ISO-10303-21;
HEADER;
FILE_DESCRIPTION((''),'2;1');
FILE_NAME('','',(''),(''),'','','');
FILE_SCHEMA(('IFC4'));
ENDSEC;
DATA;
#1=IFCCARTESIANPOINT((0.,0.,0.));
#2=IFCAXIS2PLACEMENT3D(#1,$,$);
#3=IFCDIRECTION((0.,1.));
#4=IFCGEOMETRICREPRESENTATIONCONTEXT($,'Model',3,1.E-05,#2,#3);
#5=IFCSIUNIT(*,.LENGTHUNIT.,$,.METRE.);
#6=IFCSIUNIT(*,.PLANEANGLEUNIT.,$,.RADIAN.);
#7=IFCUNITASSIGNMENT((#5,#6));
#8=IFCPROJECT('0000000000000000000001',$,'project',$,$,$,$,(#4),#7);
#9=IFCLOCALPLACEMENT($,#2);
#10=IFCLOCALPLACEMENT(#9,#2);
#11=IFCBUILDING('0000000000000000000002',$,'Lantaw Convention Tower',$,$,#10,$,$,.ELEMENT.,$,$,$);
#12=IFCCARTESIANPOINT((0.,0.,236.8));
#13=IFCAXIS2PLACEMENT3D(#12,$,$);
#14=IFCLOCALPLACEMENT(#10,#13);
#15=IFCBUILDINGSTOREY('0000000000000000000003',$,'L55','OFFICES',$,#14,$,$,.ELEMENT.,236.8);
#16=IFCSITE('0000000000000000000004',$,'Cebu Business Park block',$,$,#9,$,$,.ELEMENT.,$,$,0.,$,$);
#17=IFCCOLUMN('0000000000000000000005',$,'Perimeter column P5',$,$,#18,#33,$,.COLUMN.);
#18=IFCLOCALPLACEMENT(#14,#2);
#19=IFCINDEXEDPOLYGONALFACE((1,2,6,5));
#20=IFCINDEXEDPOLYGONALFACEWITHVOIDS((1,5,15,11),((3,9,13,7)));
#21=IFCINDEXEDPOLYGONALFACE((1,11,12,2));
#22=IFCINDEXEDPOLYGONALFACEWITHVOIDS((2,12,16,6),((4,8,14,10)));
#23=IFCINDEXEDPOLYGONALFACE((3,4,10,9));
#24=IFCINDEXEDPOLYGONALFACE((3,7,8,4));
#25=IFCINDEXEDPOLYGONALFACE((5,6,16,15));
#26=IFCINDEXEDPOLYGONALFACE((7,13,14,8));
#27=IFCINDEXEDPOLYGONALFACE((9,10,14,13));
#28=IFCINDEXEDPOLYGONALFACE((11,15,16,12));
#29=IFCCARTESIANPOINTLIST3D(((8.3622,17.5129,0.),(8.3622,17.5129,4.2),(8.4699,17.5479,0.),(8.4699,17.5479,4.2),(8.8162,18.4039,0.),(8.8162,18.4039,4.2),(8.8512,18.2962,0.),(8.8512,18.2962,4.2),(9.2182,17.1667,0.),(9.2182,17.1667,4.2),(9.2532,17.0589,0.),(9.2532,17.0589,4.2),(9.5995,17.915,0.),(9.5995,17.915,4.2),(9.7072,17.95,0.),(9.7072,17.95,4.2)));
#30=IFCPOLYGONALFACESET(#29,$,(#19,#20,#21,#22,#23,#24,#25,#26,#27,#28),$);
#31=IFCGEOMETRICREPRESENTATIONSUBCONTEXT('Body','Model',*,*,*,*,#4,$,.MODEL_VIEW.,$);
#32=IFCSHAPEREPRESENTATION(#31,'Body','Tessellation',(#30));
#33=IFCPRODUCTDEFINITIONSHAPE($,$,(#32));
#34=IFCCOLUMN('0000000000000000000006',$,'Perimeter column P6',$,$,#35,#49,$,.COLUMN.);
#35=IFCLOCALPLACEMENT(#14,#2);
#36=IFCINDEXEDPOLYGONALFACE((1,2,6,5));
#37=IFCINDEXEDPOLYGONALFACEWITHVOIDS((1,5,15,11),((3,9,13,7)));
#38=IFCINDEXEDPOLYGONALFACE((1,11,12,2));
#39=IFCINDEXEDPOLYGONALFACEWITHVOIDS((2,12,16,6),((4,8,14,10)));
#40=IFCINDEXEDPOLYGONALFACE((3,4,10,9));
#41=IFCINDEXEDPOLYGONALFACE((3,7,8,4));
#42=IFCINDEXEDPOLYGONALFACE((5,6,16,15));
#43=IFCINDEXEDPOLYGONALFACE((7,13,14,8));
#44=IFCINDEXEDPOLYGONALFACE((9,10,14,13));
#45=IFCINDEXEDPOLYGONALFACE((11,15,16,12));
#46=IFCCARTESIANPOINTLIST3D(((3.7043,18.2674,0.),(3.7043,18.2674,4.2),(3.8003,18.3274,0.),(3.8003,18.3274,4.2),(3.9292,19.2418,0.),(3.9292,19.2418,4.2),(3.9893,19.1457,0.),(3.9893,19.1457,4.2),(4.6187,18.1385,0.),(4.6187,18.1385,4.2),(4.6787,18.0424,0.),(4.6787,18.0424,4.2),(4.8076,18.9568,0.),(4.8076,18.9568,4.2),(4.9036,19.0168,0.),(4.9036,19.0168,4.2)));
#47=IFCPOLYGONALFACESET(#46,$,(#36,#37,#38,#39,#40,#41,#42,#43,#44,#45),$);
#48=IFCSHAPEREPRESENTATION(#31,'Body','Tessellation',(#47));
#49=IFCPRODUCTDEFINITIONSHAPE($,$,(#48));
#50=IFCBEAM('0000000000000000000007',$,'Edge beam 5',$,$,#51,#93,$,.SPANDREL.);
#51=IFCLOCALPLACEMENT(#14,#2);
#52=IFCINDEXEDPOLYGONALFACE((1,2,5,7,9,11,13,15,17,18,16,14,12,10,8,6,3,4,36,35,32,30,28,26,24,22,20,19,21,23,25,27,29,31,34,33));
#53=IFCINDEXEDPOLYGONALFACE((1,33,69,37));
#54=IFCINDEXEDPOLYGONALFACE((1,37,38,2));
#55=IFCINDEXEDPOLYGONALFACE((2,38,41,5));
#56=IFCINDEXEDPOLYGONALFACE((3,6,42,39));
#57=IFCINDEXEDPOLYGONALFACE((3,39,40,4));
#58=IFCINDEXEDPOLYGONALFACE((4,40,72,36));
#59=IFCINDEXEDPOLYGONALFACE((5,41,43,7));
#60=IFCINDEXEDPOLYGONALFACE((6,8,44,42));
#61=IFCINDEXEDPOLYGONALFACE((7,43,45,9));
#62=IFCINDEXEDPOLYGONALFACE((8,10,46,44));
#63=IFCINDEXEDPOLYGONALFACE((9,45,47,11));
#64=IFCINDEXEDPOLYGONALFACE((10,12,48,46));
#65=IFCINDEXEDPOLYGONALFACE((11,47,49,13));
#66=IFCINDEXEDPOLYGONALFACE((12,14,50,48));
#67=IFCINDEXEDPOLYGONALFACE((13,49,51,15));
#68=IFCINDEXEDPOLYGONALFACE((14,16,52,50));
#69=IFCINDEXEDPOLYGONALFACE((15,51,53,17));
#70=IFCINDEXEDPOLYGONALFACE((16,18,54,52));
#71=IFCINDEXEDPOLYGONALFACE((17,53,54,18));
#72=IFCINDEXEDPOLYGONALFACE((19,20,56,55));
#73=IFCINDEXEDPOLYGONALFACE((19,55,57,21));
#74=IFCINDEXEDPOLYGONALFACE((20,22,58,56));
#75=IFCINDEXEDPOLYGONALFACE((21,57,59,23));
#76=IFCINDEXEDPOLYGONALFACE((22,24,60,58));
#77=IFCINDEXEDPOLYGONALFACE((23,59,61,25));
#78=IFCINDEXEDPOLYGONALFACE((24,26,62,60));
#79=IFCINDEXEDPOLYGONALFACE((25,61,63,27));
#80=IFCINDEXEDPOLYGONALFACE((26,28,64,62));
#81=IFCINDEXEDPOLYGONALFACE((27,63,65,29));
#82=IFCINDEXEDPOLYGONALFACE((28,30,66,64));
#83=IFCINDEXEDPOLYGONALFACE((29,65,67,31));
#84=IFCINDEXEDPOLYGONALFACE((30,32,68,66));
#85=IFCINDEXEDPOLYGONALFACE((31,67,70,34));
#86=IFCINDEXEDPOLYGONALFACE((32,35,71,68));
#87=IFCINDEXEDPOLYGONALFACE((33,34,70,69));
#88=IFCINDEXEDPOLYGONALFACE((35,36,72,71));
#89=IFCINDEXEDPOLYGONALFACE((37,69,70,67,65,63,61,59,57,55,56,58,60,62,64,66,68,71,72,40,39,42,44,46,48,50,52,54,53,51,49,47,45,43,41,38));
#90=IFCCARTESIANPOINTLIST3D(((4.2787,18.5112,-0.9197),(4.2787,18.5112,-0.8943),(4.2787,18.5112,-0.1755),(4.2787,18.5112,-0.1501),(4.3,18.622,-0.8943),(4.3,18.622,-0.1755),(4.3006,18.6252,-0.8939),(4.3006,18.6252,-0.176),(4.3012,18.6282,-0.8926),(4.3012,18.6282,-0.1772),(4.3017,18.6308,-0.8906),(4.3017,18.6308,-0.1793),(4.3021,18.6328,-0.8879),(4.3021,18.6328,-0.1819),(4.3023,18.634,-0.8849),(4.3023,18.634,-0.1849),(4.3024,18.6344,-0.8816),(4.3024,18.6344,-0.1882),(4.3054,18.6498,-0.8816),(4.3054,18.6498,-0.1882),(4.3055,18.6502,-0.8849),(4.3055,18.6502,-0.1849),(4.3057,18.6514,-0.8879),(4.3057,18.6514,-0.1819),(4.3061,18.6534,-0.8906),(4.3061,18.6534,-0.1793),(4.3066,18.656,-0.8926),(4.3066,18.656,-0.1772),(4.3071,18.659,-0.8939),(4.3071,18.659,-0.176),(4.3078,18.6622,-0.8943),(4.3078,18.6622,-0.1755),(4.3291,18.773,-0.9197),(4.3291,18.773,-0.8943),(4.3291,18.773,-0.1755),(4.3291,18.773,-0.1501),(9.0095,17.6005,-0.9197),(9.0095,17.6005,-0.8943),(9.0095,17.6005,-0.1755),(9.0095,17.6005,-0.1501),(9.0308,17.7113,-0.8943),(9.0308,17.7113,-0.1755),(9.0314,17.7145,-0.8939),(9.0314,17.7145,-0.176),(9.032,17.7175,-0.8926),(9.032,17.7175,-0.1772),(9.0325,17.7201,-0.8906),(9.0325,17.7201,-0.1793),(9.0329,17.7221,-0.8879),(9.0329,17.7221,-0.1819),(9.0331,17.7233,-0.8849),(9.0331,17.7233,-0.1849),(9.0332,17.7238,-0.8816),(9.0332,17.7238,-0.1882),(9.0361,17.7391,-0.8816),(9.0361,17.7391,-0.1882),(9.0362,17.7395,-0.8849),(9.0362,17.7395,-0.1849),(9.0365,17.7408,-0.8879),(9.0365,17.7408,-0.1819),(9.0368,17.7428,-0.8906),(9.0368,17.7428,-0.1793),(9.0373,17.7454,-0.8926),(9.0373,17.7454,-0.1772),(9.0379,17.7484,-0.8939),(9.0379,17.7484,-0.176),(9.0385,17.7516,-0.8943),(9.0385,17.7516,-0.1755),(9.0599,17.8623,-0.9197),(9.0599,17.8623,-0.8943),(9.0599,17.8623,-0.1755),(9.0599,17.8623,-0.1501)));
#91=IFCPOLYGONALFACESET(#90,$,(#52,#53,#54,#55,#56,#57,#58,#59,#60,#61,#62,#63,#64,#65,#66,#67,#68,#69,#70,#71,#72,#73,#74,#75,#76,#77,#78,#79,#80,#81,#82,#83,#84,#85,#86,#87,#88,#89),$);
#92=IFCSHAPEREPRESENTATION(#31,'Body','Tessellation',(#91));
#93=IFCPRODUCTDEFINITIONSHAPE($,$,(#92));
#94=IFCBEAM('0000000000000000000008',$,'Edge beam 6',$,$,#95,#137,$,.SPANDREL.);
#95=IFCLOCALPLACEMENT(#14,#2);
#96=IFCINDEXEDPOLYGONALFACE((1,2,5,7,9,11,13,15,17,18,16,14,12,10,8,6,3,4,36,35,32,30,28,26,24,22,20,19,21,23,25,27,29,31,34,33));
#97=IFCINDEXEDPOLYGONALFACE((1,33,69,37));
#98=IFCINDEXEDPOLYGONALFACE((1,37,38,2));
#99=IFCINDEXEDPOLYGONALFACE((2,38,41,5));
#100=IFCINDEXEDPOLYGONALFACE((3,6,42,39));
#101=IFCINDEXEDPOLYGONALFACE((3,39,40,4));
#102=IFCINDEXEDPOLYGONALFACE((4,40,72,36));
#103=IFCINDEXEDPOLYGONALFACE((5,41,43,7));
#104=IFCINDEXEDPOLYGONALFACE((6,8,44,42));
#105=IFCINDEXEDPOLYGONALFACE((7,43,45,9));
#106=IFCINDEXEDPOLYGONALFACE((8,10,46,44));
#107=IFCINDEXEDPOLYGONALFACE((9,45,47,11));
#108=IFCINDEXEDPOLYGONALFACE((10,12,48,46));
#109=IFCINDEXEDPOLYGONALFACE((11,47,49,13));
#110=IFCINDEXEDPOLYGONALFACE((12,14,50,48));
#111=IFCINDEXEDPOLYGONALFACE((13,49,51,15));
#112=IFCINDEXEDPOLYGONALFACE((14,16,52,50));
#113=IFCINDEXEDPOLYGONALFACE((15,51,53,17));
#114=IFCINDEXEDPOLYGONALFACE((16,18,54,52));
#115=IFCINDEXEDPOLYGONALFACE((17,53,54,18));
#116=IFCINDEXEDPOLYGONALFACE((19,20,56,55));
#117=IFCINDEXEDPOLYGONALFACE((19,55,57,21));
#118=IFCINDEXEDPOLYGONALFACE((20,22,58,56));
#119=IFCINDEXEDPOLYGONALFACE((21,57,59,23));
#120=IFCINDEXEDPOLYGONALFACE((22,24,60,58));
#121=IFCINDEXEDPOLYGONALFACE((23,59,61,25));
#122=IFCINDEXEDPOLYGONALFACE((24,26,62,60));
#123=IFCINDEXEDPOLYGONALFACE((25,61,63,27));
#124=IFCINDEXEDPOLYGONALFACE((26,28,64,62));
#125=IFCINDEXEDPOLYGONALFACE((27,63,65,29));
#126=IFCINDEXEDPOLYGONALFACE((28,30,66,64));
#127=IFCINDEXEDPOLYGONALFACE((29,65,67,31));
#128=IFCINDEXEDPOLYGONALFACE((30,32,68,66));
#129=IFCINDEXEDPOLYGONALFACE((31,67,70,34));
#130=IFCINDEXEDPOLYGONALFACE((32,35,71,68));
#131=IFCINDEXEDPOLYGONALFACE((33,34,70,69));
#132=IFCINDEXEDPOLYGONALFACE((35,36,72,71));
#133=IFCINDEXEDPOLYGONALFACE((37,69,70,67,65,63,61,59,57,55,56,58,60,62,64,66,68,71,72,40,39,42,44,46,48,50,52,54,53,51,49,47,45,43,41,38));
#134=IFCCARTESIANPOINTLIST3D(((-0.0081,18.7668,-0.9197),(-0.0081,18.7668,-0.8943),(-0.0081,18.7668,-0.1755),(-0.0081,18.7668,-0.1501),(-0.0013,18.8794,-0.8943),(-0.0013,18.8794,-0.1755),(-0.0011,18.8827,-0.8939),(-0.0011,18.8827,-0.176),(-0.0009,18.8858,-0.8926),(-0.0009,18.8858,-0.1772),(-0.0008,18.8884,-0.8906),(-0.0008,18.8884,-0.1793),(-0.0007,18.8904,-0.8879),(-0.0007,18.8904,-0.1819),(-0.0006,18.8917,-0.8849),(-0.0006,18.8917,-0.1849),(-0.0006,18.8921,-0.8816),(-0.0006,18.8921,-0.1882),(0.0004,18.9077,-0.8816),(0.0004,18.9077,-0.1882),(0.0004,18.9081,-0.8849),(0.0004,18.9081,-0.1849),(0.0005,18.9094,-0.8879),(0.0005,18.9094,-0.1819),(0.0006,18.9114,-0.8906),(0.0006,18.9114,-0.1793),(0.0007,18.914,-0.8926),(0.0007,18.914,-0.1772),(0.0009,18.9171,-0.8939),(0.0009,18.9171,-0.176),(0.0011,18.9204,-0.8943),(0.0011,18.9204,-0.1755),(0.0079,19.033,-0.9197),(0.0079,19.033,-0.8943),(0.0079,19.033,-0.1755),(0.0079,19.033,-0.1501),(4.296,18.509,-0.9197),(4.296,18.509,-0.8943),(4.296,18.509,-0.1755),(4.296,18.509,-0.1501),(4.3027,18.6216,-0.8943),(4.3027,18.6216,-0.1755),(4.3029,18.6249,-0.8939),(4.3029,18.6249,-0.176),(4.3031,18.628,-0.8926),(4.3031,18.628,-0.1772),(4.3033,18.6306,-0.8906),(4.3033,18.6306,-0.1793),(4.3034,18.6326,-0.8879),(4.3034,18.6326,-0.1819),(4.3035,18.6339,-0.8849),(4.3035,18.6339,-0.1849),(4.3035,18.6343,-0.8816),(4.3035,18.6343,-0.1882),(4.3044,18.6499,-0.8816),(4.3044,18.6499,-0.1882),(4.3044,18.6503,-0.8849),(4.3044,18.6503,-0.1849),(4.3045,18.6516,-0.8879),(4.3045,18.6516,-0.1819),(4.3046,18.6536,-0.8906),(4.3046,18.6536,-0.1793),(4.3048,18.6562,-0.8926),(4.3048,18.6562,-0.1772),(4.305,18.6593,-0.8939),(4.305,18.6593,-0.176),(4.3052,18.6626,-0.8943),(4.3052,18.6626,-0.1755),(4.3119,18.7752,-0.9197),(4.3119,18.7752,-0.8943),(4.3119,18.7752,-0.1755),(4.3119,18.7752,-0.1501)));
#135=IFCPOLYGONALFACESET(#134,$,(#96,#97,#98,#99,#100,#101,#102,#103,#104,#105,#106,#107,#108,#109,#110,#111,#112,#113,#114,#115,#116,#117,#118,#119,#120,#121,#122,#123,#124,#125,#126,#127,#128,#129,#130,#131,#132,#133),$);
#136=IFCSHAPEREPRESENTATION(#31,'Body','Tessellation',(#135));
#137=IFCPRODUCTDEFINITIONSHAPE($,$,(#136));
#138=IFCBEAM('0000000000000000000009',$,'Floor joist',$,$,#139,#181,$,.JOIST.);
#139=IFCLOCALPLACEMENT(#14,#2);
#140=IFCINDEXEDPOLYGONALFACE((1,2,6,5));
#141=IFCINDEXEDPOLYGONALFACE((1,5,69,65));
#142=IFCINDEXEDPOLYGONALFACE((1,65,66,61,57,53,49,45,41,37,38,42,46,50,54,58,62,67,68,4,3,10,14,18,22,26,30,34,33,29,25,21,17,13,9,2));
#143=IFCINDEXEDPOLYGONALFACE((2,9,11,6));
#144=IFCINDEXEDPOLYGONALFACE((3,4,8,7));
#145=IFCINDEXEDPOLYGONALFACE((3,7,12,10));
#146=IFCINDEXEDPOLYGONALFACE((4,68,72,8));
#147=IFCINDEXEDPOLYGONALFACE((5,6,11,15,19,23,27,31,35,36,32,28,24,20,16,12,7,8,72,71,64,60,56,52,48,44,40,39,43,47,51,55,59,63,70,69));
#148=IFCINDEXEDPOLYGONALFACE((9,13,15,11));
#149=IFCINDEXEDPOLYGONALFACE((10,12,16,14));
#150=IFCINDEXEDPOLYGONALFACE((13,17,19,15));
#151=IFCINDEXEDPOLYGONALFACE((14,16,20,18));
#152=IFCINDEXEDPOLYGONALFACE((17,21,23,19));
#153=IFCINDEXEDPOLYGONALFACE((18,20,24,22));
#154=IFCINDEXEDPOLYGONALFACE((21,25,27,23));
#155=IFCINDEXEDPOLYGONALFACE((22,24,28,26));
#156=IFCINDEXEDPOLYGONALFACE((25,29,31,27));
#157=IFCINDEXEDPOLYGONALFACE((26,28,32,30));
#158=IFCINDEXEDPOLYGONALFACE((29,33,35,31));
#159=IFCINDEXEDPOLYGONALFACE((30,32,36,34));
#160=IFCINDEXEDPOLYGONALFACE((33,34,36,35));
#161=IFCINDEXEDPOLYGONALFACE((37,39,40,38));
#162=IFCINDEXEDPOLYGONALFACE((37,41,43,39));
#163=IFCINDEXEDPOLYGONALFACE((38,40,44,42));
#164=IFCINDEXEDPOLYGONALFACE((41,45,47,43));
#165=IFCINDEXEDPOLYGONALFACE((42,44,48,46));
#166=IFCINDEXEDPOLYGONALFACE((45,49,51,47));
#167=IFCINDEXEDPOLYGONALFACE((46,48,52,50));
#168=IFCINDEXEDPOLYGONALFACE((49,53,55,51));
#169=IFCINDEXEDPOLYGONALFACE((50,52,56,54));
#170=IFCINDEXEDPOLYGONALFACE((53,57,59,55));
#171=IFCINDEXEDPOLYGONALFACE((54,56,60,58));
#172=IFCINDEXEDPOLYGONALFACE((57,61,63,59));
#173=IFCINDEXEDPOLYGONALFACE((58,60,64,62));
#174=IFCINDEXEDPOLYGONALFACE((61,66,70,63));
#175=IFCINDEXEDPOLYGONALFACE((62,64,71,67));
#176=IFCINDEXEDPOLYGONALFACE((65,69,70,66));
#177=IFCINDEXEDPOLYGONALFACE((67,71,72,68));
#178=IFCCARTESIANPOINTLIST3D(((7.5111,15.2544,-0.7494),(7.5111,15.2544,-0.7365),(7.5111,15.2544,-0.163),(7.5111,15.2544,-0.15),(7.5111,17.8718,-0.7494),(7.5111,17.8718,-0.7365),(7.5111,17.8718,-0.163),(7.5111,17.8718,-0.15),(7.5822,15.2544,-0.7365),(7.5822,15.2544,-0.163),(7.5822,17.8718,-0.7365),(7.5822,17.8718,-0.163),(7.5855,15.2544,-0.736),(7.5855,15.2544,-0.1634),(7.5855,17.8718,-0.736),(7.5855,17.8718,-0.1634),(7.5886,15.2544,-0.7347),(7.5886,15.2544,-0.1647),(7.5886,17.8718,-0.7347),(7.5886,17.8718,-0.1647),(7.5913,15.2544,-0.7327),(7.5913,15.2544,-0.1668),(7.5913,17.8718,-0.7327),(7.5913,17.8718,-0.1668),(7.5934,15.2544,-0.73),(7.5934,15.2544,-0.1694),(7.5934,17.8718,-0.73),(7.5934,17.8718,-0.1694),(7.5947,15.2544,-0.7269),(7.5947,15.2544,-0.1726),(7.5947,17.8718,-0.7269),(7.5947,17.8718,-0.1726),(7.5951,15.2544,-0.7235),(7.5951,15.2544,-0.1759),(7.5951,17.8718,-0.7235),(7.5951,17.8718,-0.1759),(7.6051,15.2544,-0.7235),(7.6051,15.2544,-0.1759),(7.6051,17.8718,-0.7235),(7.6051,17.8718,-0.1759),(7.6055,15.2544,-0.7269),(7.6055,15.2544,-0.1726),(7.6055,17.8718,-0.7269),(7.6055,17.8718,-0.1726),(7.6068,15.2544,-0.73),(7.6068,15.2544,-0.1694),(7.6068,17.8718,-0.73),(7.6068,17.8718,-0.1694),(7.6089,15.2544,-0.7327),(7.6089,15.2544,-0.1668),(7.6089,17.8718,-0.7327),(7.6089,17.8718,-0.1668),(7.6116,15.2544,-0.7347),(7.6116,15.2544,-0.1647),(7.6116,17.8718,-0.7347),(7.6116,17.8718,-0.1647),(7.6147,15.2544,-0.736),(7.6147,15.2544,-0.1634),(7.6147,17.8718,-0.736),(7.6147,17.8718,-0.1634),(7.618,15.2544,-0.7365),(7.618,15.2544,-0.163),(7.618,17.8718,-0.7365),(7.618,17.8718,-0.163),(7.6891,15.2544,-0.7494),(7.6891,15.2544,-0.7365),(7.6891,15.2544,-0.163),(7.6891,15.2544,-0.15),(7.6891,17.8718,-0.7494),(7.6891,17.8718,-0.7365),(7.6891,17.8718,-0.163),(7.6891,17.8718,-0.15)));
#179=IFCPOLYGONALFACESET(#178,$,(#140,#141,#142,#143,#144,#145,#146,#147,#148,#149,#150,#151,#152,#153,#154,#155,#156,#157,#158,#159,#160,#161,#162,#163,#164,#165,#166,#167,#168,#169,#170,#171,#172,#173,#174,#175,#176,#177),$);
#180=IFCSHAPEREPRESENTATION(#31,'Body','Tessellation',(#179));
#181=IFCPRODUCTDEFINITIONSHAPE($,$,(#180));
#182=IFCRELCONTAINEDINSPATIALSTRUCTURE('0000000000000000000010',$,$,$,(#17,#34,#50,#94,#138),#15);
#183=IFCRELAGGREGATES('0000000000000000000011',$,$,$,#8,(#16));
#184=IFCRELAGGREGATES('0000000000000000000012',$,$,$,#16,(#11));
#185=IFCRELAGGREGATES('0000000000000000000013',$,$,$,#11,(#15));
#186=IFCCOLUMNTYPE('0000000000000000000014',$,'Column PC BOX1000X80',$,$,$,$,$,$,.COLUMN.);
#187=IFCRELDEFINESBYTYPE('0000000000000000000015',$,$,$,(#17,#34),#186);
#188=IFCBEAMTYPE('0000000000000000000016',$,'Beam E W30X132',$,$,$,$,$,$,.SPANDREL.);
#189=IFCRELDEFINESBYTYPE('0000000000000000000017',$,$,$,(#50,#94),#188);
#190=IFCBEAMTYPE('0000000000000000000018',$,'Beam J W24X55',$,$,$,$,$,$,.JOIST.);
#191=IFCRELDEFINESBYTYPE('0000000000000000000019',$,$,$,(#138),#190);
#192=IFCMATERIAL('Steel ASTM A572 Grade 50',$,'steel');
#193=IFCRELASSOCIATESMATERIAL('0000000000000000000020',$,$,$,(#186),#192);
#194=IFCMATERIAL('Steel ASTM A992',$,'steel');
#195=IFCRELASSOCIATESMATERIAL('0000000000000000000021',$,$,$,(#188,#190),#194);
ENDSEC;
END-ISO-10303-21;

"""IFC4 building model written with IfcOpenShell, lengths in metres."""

from ifc_helpers import new_model, si_unit, direction, frame, origin, origin_2d, place, context, subcontext, project, spatial, rectangle, hollow_rectangle, i_section, extrude, material, material_profile, profile_set, type_object, element, save


model = new_model("IFC4")

# Units and contexts
model_context = context("Model", 3, precision=1e-05, world=origin(), true_north=direction((0.0, 1.0)))
body_context = subcontext(model_context, "Body", "Model", "MODEL_VIEW")
ifc_project = project(units=[si_unit("LENGTHUNIT", "METRE"), si_unit("PLANEANGLEUNIT", "RADIAN")], contexts=[model_context])

# Site, building, storey
site_placement = place(None, origin())
site = spatial("IfcSite", under=ifc_project, at=site_placement, Name="Cebu Business Park block", CompositionType="ELEMENT", RefElevation=0.0)
building_placement = place(site_placement, origin())
building = spatial("IfcBuilding", under=site, at=building_placement, Name="Lantaw Convention Tower", CompositionType="ELEMENT")
storey_placement = place(building_placement, frame((0.0, 0.0, 236.8)))
storey = spatial("IfcBuildingStorey", under=building, at=storey_placement, Name="L55", Description="OFFICES", CompositionType="ELEMENT", Elevation=236.8)

# Columns
ifc_material_1 = material(Name="Steel ASTM A572 Grade 50", Category="steel")
ifc_material_profile_1 = material_profile(ifc_material_1, hollow_rectangle(XDim=1.0, YDim=1.0, WallThickness=0.0801, at=origin_2d()), Name="BOX1000X80")
ifc_material_2 = material(Name="Concrete C60/75", Category="concrete")
ifc_material_profile_2 = material_profile(ifc_material_2, rectangle(XDim=0.8401, YDim=0.8401, at=origin_2d()), Name="Concrete fill of BOX1000X80")
ifc_profile_set_1 = profile_set([ifc_material_profile_1, ifc_material_profile_2], Name="Steel ASTM A572 Grade 50")
column_type = type_object("IfcColumnType", Name="Column PC BOX1000X80", PredefinedType="COLUMN", material=ifc_profile_set_1)
for number, where, z_axis, x_axis, name in (
    (1, (9.0347, 17.7314, 0.0), (0.0, 0.0, 1.0), (0.45399, 0.891007, 0.0), "Perimeter column P5"),
    (2, (4.304, 18.6421, 0.0), (0.0, 0.0, 1.0), (0.224951, 0.97437, 0.0), "Perimeter column P6"),
):
    element("IfcColumn", number, at=place(storey_placement, frame(where, z_axis=z_axis, x_axis=x_axis)), inside=storey, type_object=column_type, Name=name, PredefinedType="COLUMN", context=body_context, shape_type="SweptSolid", body=[
        extrude(hollow_rectangle(XDim=1.0, YDim=1.0, WallThickness=0.0801, at=origin_2d()), origin(), (0.0, 0.0, 1.0), 4.2),
    ])

# Beams
ifc_material_3 = material(Name="Steel ASTM A992", Category="steel")
ifc_material_profile_3 = material_profile(ifc_material_3, i_section(OverallWidth=0.2666, OverallDepth=0.7695, WebThickness=0.0156, FlangeThickness=0.0254, FilletRadius=0.0127, at=origin_2d()), Name="W30X132")
ifc_profile_set_2 = profile_set([ifc_material_profile_3], Name="Steel ASTM A992")
beam_type_1 = type_object("IfcBeamType", Name="Beam E W30X132", PredefinedType="SPANDREL", material=ifc_profile_set_2)
beam_1_placement = place(storey_placement, frame((9.0347, 17.7314, -0.5349), z_axis=(-0.981972, 0.189026, 0.0), x_axis=(-0.189026, -0.981972, 0.0)))
element("IfcBeam", 3, at=beam_1_placement, inside=storey, type_object=beam_type_1, Name="Edge beam 5", PredefinedType="SPANDREL", context=body_context, shape_type="SweptSolid", body=[
    extrude(i_section(OverallWidth=0.2666, OverallDepth=0.7695, WebThickness=0.0156, FlangeThickness=0.0254, FilletRadius=0.0127, at=origin_2d()), origin(), (0.0, 0.0, 1.0), 4.8176),
])
beam_2_placement = place(storey_placement, frame((4.304, 18.6421, -0.5349), z_axis=(-0.998211, 0.059794, 0.0), x_axis=(-0.059794, -0.998211, 0.0)))
element("IfcBeam", 4, at=beam_2_placement, inside=storey, type_object=beam_type_1, Name="Edge beam 6", PredefinedType="SPANDREL", context=body_context, shape_type="SweptSolid", body=[
    extrude(i_section(OverallWidth=0.2666, OverallDepth=0.7695, WebThickness=0.0156, FlangeThickness=0.0254, FilletRadius=0.0127, at=origin_2d()), origin(), (0.0, 0.0, 1.0), 4.3118),
])
ifc_material_profile_4 = material_profile(ifc_material_3, i_section(OverallWidth=0.178, OverallDepth=0.5994, WebThickness=0.01, FlangeThickness=0.0129, FilletRadius=0.0129, at=origin_2d()), Name="W24X55")
ifc_profile_set_3 = profile_set([ifc_material_profile_4], Name="Steel ASTM A992")
beam_type_2 = type_object("IfcBeamType", Name="Beam J W24X55", PredefinedType="JOIST", material=ifc_profile_set_3)
beam_3_placement = place(storey_placement, frame((7.6001, 15.2544, -0.4497), z_axis=(0.0, 1.0, 0.0), x_axis=(-1.0, 0.0, 0.0)))
element("IfcBeam", 5, at=beam_3_placement, inside=storey, type_object=beam_type_2, Name="Floor joist", PredefinedType="JOIST", context=body_context, shape_type="SweptSolid", body=[
    extrude(i_section(OverallWidth=0.178, OverallDepth=0.5994, WebThickness=0.01, FlangeThickness=0.0129, FilletRadius=0.0129, at=origin_2d()), origin(), (0.0, 0.0, 1.0), 2.6174),
])

save(model, "model.ifc")
